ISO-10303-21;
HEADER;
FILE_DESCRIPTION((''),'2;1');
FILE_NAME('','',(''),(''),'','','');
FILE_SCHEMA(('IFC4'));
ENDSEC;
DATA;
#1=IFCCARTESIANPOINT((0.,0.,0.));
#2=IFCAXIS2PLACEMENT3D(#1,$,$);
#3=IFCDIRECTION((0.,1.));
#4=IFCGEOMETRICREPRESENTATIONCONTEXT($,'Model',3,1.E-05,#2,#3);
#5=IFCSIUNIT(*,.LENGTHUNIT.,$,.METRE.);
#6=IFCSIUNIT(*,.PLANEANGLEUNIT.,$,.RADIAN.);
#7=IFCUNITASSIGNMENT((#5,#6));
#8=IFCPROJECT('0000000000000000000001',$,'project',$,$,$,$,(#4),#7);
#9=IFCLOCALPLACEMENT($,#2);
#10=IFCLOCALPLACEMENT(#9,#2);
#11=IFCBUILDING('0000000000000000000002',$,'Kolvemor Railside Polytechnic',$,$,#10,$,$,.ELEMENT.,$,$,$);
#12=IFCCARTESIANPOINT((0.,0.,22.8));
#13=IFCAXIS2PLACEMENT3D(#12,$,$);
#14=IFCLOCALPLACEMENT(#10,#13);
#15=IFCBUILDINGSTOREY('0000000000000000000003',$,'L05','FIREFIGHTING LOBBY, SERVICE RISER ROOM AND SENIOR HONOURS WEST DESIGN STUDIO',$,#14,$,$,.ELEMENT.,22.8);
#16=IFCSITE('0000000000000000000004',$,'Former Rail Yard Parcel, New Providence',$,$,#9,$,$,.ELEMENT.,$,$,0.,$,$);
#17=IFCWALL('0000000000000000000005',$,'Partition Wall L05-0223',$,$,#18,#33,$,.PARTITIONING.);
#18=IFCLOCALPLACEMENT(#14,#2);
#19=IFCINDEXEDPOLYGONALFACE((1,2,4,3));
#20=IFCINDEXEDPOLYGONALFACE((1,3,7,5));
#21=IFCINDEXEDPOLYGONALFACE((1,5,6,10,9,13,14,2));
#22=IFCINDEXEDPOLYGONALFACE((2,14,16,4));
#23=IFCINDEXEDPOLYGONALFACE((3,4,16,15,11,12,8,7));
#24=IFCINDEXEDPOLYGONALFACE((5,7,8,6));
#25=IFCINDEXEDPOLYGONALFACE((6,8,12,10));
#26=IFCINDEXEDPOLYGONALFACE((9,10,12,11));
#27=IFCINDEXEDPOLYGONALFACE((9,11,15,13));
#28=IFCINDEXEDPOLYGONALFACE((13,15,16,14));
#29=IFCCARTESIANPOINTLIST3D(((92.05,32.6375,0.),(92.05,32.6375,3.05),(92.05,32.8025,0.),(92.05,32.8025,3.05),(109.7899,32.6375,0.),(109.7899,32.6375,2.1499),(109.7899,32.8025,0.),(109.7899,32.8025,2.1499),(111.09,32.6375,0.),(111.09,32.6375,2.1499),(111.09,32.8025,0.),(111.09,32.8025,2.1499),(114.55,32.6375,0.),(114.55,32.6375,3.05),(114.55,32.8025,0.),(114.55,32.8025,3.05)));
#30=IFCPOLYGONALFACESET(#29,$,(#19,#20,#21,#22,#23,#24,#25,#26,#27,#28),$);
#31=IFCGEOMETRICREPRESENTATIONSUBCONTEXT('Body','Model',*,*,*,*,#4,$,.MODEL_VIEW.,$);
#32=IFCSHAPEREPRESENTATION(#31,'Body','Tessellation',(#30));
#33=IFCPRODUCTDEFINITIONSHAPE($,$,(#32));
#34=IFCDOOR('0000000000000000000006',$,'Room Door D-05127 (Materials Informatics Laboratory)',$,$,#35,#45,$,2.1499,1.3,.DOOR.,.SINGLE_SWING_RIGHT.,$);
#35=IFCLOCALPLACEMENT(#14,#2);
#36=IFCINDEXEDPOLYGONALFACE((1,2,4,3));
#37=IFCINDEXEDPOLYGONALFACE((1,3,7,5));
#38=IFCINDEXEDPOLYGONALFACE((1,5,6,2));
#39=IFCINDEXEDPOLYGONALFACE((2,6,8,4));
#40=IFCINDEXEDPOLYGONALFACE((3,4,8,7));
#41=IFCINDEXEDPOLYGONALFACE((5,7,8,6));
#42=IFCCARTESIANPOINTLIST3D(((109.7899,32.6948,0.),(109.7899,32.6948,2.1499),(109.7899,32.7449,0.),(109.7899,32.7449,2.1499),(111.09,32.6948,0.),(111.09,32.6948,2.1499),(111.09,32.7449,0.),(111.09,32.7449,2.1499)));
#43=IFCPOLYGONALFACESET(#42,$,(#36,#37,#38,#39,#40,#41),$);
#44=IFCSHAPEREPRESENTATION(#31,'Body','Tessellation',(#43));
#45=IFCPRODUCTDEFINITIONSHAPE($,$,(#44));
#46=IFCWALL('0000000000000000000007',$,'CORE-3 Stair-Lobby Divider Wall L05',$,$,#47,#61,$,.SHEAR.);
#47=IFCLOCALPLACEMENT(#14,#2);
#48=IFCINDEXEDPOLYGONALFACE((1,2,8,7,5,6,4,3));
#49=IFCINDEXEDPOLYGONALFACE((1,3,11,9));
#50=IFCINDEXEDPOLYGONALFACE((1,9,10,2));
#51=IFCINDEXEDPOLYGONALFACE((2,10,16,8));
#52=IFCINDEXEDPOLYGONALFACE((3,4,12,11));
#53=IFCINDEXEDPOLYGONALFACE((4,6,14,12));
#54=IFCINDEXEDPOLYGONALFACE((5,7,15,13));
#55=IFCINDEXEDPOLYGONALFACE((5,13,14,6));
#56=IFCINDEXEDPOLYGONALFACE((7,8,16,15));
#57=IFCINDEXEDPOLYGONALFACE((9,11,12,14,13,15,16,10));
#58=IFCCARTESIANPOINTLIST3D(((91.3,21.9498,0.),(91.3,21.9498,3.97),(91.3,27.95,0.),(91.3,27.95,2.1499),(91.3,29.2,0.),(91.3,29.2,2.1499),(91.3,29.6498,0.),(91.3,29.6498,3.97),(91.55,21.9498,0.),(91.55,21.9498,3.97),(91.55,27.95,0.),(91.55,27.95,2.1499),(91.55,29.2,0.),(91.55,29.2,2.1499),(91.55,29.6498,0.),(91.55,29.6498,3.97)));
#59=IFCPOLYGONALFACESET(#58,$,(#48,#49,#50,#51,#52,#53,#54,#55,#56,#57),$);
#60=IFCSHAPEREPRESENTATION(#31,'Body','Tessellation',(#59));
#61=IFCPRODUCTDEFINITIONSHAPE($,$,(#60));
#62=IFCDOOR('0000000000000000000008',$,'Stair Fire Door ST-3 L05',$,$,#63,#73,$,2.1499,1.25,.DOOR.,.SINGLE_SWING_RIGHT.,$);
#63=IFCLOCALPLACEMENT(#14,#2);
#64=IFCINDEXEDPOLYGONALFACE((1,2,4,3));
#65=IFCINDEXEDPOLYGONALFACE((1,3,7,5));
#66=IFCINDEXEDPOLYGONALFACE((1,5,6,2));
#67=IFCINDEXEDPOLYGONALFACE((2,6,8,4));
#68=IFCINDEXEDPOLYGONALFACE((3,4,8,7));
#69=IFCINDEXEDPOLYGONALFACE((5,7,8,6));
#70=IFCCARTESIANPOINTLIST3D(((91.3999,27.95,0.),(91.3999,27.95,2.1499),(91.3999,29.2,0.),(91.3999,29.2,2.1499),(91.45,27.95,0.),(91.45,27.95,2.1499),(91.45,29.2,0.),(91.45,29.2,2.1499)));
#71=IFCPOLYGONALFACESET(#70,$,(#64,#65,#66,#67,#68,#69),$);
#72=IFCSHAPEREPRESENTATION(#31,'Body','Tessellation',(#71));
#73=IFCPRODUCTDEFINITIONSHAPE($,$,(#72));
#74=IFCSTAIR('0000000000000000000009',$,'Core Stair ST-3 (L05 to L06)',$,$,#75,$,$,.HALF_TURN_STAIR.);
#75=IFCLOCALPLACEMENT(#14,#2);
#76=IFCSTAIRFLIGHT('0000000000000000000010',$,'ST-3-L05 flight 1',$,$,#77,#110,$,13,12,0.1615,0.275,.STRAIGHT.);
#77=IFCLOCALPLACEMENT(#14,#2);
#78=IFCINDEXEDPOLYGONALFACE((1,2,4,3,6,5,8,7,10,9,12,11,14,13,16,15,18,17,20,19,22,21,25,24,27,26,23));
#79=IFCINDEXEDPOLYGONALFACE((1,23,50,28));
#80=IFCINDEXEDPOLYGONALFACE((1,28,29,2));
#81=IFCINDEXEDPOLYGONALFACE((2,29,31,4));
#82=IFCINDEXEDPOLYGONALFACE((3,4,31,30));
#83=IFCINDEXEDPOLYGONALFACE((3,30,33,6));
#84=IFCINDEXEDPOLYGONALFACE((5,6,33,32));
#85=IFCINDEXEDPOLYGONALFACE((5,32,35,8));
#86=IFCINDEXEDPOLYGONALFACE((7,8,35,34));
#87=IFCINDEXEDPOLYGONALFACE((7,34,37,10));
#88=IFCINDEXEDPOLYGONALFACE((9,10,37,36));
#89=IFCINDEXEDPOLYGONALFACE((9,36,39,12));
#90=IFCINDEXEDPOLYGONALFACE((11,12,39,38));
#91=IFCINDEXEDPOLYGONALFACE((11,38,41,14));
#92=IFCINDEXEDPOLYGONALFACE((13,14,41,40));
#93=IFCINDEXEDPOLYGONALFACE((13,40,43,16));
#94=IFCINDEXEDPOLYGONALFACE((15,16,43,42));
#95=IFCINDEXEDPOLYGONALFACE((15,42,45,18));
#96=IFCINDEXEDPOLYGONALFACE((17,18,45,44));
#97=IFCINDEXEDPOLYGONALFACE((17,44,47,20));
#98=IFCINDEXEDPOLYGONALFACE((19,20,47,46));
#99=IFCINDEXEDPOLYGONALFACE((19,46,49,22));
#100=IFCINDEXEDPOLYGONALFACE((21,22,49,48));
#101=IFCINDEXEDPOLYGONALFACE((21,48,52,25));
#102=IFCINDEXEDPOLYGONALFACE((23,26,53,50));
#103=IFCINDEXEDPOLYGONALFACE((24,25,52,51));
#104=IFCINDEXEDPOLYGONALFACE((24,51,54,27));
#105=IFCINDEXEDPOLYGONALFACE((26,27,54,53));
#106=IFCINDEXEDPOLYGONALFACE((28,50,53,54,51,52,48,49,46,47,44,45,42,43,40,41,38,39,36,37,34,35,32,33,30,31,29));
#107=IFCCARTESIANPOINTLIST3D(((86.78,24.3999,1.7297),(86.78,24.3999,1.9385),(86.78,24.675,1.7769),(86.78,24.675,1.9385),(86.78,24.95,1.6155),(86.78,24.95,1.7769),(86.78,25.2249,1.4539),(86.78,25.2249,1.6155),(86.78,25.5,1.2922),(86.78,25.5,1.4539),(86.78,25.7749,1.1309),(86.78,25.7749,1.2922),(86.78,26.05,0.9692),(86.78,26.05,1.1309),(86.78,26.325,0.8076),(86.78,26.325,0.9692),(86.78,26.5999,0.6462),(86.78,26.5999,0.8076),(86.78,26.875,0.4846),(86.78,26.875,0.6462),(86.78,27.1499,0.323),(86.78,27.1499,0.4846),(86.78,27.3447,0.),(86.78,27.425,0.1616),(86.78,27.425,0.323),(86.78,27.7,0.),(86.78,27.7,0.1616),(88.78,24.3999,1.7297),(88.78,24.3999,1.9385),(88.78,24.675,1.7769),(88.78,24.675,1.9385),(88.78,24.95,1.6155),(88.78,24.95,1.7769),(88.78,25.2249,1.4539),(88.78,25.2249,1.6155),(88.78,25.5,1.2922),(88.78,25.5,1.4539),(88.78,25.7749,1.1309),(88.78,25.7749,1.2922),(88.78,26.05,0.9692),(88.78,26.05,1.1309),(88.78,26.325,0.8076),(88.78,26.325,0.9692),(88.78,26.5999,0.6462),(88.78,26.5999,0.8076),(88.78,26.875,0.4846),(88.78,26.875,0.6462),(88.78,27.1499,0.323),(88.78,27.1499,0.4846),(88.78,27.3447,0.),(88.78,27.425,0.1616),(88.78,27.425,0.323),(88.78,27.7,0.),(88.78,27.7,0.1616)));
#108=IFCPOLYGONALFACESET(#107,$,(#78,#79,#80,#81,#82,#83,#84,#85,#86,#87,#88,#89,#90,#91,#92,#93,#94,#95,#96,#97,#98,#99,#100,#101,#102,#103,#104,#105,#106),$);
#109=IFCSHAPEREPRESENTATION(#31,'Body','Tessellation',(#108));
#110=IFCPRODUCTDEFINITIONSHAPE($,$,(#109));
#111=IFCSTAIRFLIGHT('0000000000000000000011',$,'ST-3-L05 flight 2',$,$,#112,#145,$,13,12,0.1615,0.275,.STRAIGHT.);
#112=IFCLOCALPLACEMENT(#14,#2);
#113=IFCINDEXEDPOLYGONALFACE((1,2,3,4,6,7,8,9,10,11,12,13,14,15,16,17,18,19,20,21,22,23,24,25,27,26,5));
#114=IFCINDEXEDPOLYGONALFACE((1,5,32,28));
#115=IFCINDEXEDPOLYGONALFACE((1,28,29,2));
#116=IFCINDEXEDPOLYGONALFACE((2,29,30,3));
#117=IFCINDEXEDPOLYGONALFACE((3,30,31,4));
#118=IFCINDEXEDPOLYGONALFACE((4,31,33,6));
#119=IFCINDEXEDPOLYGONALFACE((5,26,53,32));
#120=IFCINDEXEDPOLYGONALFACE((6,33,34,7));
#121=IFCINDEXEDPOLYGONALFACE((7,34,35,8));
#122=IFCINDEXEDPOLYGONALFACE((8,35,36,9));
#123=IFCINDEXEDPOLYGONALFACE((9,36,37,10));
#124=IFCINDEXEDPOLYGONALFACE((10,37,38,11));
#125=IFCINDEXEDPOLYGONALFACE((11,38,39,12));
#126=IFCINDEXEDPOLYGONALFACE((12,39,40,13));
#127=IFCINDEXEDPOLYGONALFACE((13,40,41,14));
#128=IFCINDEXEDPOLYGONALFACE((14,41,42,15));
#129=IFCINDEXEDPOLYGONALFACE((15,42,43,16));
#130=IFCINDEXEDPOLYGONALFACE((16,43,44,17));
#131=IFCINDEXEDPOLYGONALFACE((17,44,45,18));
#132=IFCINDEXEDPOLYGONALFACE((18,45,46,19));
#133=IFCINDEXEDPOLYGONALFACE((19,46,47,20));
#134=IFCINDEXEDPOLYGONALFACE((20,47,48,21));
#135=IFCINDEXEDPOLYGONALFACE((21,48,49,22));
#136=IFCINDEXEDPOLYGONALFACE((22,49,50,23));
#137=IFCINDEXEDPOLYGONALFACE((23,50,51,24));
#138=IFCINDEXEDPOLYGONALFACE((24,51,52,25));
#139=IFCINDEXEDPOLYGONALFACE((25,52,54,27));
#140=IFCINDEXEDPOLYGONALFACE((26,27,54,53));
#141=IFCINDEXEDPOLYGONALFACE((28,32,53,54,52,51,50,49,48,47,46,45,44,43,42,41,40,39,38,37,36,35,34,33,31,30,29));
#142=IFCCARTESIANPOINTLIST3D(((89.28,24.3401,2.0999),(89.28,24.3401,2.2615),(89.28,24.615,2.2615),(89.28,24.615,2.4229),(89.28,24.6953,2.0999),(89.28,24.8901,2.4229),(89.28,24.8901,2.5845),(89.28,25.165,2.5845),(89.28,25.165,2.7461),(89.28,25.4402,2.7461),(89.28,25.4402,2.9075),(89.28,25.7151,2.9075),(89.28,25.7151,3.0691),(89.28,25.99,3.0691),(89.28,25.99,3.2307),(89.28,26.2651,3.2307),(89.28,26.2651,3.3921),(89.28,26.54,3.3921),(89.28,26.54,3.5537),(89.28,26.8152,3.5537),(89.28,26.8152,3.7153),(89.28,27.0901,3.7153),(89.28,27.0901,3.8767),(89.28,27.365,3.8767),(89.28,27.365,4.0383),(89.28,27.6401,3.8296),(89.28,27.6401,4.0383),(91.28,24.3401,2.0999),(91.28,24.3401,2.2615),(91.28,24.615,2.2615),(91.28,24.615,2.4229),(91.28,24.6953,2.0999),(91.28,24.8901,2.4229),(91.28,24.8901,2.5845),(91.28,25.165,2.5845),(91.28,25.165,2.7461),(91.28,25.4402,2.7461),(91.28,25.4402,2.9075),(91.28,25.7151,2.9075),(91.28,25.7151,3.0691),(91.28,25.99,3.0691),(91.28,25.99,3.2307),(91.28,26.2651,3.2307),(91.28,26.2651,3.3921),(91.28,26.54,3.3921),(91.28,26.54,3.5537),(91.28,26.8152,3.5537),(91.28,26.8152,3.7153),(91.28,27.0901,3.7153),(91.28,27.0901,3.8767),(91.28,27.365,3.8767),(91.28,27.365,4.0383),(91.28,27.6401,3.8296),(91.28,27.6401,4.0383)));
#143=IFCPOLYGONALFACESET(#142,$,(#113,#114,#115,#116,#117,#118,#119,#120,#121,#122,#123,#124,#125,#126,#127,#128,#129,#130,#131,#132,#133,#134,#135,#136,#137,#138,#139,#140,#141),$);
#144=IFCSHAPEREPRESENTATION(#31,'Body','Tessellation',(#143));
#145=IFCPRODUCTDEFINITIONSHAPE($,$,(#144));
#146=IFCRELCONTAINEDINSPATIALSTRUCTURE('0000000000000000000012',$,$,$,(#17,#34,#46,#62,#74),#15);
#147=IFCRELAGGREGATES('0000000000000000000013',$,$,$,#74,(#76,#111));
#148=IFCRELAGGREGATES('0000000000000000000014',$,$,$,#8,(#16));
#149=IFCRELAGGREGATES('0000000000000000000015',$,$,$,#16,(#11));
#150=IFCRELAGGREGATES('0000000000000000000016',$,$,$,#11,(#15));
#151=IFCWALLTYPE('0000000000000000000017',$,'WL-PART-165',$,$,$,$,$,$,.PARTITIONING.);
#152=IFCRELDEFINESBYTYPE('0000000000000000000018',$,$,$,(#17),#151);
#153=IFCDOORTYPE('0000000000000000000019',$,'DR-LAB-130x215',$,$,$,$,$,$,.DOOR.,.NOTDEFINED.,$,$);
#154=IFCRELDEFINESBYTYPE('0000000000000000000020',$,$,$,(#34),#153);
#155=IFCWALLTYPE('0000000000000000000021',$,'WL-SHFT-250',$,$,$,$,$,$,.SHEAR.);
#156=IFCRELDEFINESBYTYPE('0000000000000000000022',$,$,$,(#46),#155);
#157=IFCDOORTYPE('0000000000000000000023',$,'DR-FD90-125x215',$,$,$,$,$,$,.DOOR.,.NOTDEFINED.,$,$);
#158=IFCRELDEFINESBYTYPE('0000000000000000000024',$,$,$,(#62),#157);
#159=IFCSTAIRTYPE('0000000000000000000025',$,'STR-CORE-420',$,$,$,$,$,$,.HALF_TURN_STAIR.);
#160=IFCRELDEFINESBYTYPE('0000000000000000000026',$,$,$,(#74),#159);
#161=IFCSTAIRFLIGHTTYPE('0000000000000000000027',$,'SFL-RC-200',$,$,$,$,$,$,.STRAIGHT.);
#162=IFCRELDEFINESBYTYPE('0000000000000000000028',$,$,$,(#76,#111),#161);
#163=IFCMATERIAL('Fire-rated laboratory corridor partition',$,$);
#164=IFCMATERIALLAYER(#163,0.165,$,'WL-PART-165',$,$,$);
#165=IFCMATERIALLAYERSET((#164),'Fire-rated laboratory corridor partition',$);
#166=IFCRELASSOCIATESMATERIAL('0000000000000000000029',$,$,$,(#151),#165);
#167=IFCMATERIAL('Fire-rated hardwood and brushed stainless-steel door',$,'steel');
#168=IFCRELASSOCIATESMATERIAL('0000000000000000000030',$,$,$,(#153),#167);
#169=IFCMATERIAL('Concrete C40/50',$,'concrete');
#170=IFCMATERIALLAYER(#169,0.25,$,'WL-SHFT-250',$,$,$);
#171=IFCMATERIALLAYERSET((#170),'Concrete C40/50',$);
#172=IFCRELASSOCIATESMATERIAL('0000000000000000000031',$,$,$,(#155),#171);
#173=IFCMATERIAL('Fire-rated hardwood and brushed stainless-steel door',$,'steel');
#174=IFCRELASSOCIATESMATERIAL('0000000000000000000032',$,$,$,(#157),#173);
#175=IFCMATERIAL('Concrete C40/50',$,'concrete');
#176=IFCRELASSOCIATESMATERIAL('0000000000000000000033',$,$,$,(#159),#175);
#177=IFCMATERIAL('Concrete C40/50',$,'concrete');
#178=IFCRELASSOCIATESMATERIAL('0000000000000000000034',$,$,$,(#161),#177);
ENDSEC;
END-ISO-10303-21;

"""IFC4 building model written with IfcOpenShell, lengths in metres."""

from ifc_helpers import new_model, si_unit, direction, frame, frame_2d, origin, place, context, subcontext, project, spatial, polyline, rectangle, outline, extrude, material, layer, layer_set, type_object, element, fill, aggregate, save


model = new_model("IFC4")

# Units and contexts
model_context = context("Model", 3, precision=1e-05, world=origin(), true_north=direction((0.0, 1.0)))
body_context = subcontext(model_context, "Body", "Model", "MODEL_VIEW")
ifc_project = project(units=[si_unit("LENGTHUNIT", "METRE"), si_unit("PLANEANGLEUNIT", "RADIAN")], contexts=[model_context])

# Site, building, storey
site_placement = place(None, origin())
site = spatial("IfcSite", under=ifc_project, at=site_placement, Name="Former Rail Yard Parcel, New Providence", CompositionType="ELEMENT", RefElevation=0.0)
building_placement = place(site_placement, origin())
building = spatial("IfcBuilding", under=site, at=building_placement, Name="Kolvemor Railside Polytechnic", CompositionType="ELEMENT")
storey_placement = place(building_placement, frame((0.0, 0.0, 22.8)))
storey = spatial("IfcBuildingStorey", under=building, at=storey_placement, Name="L05", Description="FIREFIGHTING LOBBY, SERVICE RISER ROOM AND SENIOR HONOURS WEST DESIGN STUDIO", CompositionType="ELEMENT", Elevation=22.8)

# Shared definitions
ifc_material_1 = material(Name="Fire-rated laboratory corridor partition")
ifc_layer_1 = layer(ifc_material_1, 0.165, Name="WL-PART-165")
ifc_layer_set_1 = layer_set([ifc_layer_1], Name="Fire-rated laboratory corridor partition")
wall_type_1 = type_object("IfcWallType", Name="WL-PART-165", PredefinedType="PARTITIONING", material=ifc_layer_set_1)

# Walls, openings, doors
ifc_material_2 = material(Name="Fire-rated hardwood and brushed stainless-steel door", Category="steel")
door_type_1 = type_object("IfcDoorType", Name="DR-LAB-130x215", OperationType="NOTDEFINED", PredefinedType="DOOR", material=ifc_material_2)
wall_1_placement = place(storey_placement, frame((92.05, 32.72, 0.0), z_axis=(0.0, 0.0, 1.0), x_axis=(1.0, 0.0, 0.0)))
wall_1 = element("IfcWall", 1, at=wall_1_placement, inside=storey, type_object=wall_type_1, Name="Partition Wall L05-0223", PredefinedType="PARTITIONING", context=body_context, shape_type="SweptSolid", body=[
    extrude(rectangle(XDim=22.5, YDim=0.165, at=frame_2d((11.25, 0.0))), origin(), (0.0, 0.0, 1.0), 3.05),
])
opening_1_placement = place(wall_1_placement, frame((17.74, 0.0, 0.0)))
opening_1 = element("IfcOpeningElement", 2, at=opening_1_placement, cuts=wall_1, PredefinedType="OPENING", context=body_context, shape_type="SweptSolid", body=[
    extrude(rectangle(XDim=1.3, YDim=2.1499, at=frame_2d((0.6499, 1.075))), frame((0.0, 0.0925, 0.0), z_axis=(0.0, -1.0, 0.0), x_axis=(1.0, 0.0, 0.0)), (0.0, 0.0, 1.0), 0.1851),
])
door_1_placement = place(opening_1_placement, origin())
door_1 = element("IfcDoor", 3, at=door_1_placement, inside=storey, type_object=door_type_1, Name="Room Door D-05127 (Materials Informatics Laboratory)", OperationType="SINGLE_SWING_RIGHT", OverallHeight=2.1499, OverallWidth=1.3, PredefinedType="DOOR", context=body_context, shape_type="SweptSolid", body=[
    extrude(rectangle(XDim=1.3, YDim=2.1499, at=frame_2d((0.6499, 1.075))), frame((0.0, 0.0249, 0.0), z_axis=(0.0, -1.0, 0.0), x_axis=(1.0, 0.0, 0.0)), (0.0, 0.0, 1.0), 0.05),
])
fill(opening_1, door_1)
ifc_material_3 = material(Name="Concrete C40/50", Category="concrete")
ifc_layer_2 = layer(ifc_material_3, 0.25, Name="WL-SHFT-250")
ifc_layer_set_2 = layer_set([ifc_layer_2], Name="Concrete C40/50")
wall_type_2 = type_object("IfcWallType", Name="WL-SHFT-250", PredefinedType="SHEAR", material=ifc_layer_set_2)
wall_2_placement = place(storey_placement, frame((91.425, 29.6499, 0.0), z_axis=(0.0, 0.0, 1.0), x_axis=(0.0, -1.0, 0.0)))
wall_2 = element("IfcWall", 4, at=wall_2_placement, inside=storey, type_object=wall_type_2, Name="CORE-3 Stair-Lobby Divider Wall L05", PredefinedType="SHEAR", context=body_context, shape_type="SweptSolid", body=[
    extrude(rectangle(XDim=7.7, YDim=0.25, at=frame_2d((3.8501, 0.0))), origin(), (0.0, 0.0, 1.0), 3.97),
])
opening_2_placement = place(wall_2_placement, frame((0.45, 0.0, 0.0)))
opening_2 = element("IfcOpeningElement", 5, at=opening_2_placement, cuts=wall_2, PredefinedType="OPENING", context=body_context, shape_type="SweptSolid", body=[
    extrude(rectangle(XDim=1.25, YDim=2.1499, at=frame_2d((0.625, 1.075))), frame((0.0, 0.135, 0.0), z_axis=(0.0, -1.0, 0.0), x_axis=(1.0, 0.0, 0.0)), (0.0, 0.0, 1.0), 0.27),
])
ifc_material_4 = material(Name="Fire-rated hardwood and brushed stainless-steel door", Category="steel")
door_type_2 = type_object("IfcDoorType", Name="DR-FD90-125x215", OperationType="NOTDEFINED", PredefinedType="DOOR", material=ifc_material_4)
door_2_placement = place(opening_2_placement, origin())
door_2 = element("IfcDoor", 6, at=door_2_placement, inside=storey, type_object=door_type_2, Name="Stair Fire Door ST-3 L05", OperationType="SINGLE_SWING_RIGHT", OverallHeight=2.1499, OverallWidth=1.25, PredefinedType="DOOR", context=body_context, shape_type="SweptSolid", body=[
    extrude(rectangle(XDim=1.25, YDim=2.1499, at=frame_2d((0.625, 1.075))), frame((0.0, 0.0249, 0.0), z_axis=(0.0, -1.0, 0.0), x_axis=(1.0, 0.0, 0.0)), (0.0, 0.0, 1.0), 0.05),
])
fill(opening_2, door_2)

# Stair, stair flights
ifc_material_5 = material(Name="Concrete C40/50", Category="concrete")
stair_type = type_object("IfcStairType", Name="STR-CORE-420", PredefinedType="HALF_TURN_STAIR", material=ifc_material_5)
stair_placement = place(storey_placement, origin())
stair = element("IfcStair", 7, at=stair_placement, inside=storey, type_object=stair_type, Name="Core Stair ST-3 (L05 to L06)", PredefinedType="HALF_TURN_STAIR")
ifc_material_6 = material(Name="Concrete C40/50", Category="concrete")
stair_flight_type = type_object("IfcStairFlightType", Name="SFL-RC-200", PredefinedType="STRAIGHT", material=ifc_material_6)
stair_flight_1_placement = place(storey_placement, frame((87.78, 27.7, 0.0), z_axis=(0.0, 0.0, 1.0), x_axis=(0.0, -1.0, 0.0)))
stair_flight_1 = element("IfcStairFlight", 8, at=stair_flight_1_placement, type_object=stair_flight_type, Name="ST-3-L05 flight 1", NumberOfRisers=13, NumberOfTreads=12, PredefinedType="STRAIGHT", RiserHeight=0.1615, TreadLength=0.275, context=body_context, shape_type="SweptSolid", body=[
    extrude(outline(polyline([(0.0, 0.0), (0.0, 0.1616), (0.2749, 0.1616), (0.2749, 0.323), (0.55, 0.323), (0.55, 0.4846), (0.825, 0.4846), (0.825, 0.6462), (1.1001, 0.6462), (1.1001, 0.8076), (1.375, 0.8076), (1.375, 0.9692), (1.6499, 0.9692), (1.6499, 1.1309), (1.925, 1.1309), (1.925, 1.2922), (2.2, 1.2922), (2.2, 1.4539), (2.4751, 1.4539), (2.4751, 1.6155), (2.75, 1.6155), (2.75, 1.7769), (3.0249, 1.7769), (3.0249, 1.9385), (3.3, 1.9385), (3.3, 2.1001), (3.3, 1.7297), (0.3552, 0.0), (0.0, 0.0)])), frame((0.0, 1.0, 0.0), z_axis=(0.0, -1.0, 0.0), x_axis=(1.0, 0.0, 0.0)), (0.0, 0.0, 1.0), 2.0),
])
stair_flight_2_placement = place(storey_placement, frame((90.28, 24.3401, 2.0999), z_axis=(0.0, 0.0, 1.0), x_axis=(0.0, 1.0, 0.0)))
stair_flight_2 = element("IfcStairFlight", 9, at=stair_flight_2_placement, type_object=stair_flight_type, Name="ST-3-L05 flight 2", NumberOfRisers=13, NumberOfTreads=12, PredefinedType="STRAIGHT", RiserHeight=0.1615, TreadLength=0.275, context=body_context, shape_type="SweptSolid", body=[
    extrude(outline(polyline([(0.0, 0.0), (0.0, 0.1616), (0.2749, 0.1616), (0.2749, 0.323), (0.55, 0.323), (0.55, 0.4846), (0.825, 0.4846), (0.825, 0.6462), (1.1001, 0.6462), (1.1001, 0.8076), (1.375, 0.8076), (1.375, 0.9692), (1.6499, 0.9692), (1.6499, 1.1309), (1.925, 1.1309), (1.925, 1.2922), (2.2, 1.2922), (2.2, 1.4539), (2.4751, 1.4539), (2.4751, 1.6155), (2.75, 1.6155), (2.75, 1.7769), (3.0249, 1.7769), (3.0249, 1.9385), (3.3, 1.9385), (3.3, 2.1001), (3.3, 1.7297), (0.3552, 0.0), (0.0, 0.0)])), frame((0.0, 1.0, 0.0), z_axis=(0.0, -1.0, 0.0), x_axis=(1.0, 0.0, 0.0)), (0.0, 0.0, 1.0), 2.0),
])
aggregate(stair, [stair_flight_1, stair_flight_2])

save(model, "model.ifc")
